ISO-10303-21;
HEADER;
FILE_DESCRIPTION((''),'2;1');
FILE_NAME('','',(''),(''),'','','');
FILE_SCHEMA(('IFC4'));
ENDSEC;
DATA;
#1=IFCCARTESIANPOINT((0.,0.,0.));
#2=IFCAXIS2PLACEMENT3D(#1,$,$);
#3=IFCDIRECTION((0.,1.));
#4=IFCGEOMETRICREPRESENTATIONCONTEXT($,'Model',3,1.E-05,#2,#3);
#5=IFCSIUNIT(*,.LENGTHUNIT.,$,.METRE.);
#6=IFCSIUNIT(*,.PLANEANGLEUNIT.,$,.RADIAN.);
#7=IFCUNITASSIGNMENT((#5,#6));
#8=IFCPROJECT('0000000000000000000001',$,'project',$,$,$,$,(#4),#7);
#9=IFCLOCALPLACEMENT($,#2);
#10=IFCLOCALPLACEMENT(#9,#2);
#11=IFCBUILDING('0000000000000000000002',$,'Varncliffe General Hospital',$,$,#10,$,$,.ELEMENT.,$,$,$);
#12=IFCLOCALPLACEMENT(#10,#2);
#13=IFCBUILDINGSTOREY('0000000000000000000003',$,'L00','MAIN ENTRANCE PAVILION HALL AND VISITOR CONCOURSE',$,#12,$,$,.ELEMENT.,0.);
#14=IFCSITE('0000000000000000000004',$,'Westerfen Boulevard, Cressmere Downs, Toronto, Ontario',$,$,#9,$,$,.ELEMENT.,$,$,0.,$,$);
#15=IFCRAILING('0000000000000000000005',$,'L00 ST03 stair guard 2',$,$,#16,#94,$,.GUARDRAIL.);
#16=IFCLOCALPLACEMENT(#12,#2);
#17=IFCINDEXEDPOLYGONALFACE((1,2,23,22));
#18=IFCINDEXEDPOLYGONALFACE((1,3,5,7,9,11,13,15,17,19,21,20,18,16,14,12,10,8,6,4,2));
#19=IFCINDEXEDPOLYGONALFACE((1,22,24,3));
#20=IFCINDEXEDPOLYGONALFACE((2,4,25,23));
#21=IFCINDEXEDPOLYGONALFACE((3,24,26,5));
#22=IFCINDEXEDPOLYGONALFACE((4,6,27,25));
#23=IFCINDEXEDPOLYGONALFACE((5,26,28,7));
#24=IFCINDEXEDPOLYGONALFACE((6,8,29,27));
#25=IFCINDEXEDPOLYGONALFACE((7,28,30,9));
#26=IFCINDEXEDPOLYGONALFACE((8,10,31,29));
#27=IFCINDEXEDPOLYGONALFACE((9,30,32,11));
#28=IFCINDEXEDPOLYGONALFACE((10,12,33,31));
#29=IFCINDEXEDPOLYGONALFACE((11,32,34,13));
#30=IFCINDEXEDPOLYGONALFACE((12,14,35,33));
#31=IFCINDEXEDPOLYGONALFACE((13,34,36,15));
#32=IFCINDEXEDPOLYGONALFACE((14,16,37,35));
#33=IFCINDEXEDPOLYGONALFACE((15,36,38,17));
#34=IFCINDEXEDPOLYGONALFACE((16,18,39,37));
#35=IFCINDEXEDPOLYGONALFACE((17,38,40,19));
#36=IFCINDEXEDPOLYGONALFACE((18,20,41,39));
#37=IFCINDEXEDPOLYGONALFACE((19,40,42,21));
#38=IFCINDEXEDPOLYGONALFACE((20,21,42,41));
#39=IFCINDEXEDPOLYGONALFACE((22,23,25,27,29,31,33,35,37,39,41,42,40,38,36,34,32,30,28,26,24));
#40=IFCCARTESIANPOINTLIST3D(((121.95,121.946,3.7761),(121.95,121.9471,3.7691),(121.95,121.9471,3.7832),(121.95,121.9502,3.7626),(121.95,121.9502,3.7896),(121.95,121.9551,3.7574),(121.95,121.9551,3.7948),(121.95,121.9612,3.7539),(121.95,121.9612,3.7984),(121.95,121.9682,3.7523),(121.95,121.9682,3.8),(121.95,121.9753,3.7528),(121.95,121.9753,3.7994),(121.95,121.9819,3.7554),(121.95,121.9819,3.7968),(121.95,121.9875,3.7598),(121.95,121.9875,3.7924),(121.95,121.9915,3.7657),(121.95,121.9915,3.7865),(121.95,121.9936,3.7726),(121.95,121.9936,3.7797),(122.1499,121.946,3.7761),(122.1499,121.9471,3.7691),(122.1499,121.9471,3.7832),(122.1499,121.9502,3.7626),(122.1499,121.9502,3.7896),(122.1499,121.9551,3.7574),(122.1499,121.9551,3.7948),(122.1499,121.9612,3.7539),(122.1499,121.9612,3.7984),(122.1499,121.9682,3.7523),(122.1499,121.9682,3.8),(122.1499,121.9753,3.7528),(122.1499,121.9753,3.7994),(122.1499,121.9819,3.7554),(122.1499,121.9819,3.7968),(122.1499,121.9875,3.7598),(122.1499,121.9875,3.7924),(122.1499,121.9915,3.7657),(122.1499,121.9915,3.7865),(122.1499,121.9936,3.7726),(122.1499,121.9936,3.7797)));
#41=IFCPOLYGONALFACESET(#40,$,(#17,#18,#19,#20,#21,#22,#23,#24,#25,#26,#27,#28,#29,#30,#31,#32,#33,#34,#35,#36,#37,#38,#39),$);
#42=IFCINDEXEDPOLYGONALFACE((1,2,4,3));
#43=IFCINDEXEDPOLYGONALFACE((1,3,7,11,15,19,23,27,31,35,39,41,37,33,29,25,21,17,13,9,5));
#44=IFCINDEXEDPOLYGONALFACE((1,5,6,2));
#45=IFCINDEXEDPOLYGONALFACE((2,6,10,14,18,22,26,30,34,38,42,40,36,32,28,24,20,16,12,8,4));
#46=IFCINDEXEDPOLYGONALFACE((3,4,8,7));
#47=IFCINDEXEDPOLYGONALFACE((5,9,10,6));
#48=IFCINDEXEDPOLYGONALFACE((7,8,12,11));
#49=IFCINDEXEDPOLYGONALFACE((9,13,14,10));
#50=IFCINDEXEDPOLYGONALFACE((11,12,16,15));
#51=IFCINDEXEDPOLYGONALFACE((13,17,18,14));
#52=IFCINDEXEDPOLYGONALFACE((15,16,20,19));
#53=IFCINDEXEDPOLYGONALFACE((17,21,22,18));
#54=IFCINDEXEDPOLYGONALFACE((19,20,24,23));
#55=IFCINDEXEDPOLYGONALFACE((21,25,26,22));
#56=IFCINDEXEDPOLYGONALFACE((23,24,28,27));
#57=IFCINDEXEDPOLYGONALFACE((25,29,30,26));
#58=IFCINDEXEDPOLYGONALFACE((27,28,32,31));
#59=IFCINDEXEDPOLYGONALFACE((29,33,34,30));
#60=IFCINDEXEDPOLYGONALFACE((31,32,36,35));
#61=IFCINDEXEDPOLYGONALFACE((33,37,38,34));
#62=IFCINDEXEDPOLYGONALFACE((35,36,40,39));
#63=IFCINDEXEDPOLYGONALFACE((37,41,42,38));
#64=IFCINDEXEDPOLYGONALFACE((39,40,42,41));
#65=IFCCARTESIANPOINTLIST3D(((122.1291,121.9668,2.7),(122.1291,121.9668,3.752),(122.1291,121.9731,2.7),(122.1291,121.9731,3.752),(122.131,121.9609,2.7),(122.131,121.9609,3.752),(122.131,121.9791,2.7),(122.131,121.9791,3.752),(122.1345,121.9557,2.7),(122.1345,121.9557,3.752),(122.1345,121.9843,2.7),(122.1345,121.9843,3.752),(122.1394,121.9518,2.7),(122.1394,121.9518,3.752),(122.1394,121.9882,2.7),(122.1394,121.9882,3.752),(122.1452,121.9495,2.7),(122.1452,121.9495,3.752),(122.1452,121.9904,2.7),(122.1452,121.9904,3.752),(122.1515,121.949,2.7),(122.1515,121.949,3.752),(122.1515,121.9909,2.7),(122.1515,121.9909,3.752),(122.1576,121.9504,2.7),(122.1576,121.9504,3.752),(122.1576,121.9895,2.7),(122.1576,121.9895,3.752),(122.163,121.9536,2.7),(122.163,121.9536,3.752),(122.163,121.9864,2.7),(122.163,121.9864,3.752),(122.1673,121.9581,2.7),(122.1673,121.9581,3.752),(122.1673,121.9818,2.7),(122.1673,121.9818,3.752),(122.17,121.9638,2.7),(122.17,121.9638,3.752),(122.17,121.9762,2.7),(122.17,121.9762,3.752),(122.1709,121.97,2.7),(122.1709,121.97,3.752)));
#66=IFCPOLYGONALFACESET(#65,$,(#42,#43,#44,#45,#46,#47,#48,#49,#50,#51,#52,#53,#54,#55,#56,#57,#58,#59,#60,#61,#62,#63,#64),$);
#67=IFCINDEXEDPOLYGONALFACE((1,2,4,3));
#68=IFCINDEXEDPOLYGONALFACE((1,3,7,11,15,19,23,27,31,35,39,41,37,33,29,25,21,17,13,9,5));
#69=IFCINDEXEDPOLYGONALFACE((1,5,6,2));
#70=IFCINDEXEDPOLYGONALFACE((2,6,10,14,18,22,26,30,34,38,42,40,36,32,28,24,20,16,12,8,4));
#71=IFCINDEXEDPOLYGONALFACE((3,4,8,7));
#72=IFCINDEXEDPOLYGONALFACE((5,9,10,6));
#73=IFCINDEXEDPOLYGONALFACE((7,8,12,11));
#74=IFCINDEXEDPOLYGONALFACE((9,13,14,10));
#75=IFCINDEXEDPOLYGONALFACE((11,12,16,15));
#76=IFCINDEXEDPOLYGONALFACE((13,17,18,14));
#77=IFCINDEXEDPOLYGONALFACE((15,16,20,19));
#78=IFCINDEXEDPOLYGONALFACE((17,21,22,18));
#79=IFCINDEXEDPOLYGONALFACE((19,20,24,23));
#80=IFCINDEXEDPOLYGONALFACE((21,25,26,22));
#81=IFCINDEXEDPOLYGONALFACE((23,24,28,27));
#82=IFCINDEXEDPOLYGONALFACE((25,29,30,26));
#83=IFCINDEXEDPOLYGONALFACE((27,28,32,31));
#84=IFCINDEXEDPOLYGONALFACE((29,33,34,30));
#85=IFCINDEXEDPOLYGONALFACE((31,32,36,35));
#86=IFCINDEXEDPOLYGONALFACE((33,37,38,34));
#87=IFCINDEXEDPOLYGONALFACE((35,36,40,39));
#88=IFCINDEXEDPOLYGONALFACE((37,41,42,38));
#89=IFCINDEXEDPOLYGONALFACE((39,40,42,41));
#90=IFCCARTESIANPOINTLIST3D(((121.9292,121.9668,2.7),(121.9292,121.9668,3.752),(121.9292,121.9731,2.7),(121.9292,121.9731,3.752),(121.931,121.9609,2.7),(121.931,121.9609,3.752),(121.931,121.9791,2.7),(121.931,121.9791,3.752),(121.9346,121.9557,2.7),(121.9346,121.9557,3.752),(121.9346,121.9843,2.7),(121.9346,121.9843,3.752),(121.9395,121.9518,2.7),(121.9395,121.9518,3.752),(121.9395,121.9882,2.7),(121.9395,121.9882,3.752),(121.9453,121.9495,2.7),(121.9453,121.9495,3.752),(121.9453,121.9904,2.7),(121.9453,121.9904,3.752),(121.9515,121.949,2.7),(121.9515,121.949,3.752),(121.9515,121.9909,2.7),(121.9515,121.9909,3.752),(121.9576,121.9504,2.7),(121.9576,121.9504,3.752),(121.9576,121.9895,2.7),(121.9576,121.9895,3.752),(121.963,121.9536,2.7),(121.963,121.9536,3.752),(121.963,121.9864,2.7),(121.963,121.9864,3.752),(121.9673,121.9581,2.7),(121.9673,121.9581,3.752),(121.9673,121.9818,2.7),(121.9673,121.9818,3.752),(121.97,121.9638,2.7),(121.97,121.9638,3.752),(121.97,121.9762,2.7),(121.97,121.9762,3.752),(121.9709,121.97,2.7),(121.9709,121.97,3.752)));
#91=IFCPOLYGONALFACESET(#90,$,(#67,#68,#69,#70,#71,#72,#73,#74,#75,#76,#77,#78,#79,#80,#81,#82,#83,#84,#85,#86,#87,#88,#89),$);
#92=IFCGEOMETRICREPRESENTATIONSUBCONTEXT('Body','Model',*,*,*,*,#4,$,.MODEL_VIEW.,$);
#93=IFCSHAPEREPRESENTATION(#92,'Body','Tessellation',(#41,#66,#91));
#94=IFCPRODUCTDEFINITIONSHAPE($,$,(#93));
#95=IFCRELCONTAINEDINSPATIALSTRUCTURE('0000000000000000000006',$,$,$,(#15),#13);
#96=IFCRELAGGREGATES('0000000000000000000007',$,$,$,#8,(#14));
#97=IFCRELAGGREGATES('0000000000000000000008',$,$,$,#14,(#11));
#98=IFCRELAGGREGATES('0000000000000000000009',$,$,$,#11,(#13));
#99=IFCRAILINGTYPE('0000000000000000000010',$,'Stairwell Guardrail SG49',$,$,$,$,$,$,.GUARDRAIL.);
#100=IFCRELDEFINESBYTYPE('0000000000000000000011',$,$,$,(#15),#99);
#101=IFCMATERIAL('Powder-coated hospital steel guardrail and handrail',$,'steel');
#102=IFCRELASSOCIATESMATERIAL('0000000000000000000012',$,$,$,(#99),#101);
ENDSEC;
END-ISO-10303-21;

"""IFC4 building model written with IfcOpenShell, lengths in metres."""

from ifc_helpers import new_model, si_unit, direction, frame, origin, origin_2d, place, context, subcontext, project, spatial, circle, extrude, material, type_object, element, save


model = new_model("IFC4")

# Units and contexts
model_context = context("Model", 3, precision=1e-05, world=origin(), true_north=direction((0.0, 1.0)))
body_context = subcontext(model_context, "Body", "Model", "MODEL_VIEW")
ifc_project = project(units=[si_unit("LENGTHUNIT", "METRE"), si_unit("PLANEANGLEUNIT", "RADIAN")], contexts=[model_context])

# Site, building, storey
site_placement = place(None, origin())
site = spatial("IfcSite", under=ifc_project, at=site_placement, Name="Westerfen Boulevard, Cressmere Downs, Toronto, Ontario", CompositionType="ELEMENT", RefElevation=0.0)
building_placement = place(site_placement, origin())
building = spatial("IfcBuilding", under=site, at=building_placement, Name="Varncliffe General Hospital", CompositionType="ELEMENT")
storey_placement = place(building_placement, origin())
storey = spatial("IfcBuildingStorey", under=building, at=storey_placement, Name="L00", Description="MAIN ENTRANCE PAVILION HALL AND VISITOR CONCOURSE", CompositionType="ELEMENT", Elevation=0.0)

# Railing
ifc_material_1 = material(Name="Powder-coated hospital steel guardrail and handrail", Category="steel")
railing_type_1 = type_object("IfcRailingType", Name="Stairwell Guardrail SG49", PredefinedType="GUARDRAIL", material=ifc_material_1)
railing_1_placement = place(storey_placement, frame((122.1499, 121.97, 2.7)))
element("IfcRailing", 1, at=railing_1_placement, inside=storey, type_object=railing_type_1, Name="L00 ST03 stair guard 2", PredefinedType="GUARDRAIL", context=body_context, shape_type="SweptSolid", body=[
    extrude(circle(Radius=0.0239, at=origin_2d()), frame((0.0, 0.0, 1.0762), z_axis=(-1.0, 0.0, 0.0), x_axis=(0.0, -1.0, 0.0)), (0.0, 0.0, 1.0), 0.2),
    extrude(circle(Radius=0.021, at=origin_2d()), origin(), (0.0, 0.0, 1.0), 1.052),
    extrude(circle(Radius=0.021, at=origin_2d()), frame((-0.2, 0.0, 0.0)), (0.0, 0.0, 1.0), 1.052),
])

save(model, "model.ifc")
